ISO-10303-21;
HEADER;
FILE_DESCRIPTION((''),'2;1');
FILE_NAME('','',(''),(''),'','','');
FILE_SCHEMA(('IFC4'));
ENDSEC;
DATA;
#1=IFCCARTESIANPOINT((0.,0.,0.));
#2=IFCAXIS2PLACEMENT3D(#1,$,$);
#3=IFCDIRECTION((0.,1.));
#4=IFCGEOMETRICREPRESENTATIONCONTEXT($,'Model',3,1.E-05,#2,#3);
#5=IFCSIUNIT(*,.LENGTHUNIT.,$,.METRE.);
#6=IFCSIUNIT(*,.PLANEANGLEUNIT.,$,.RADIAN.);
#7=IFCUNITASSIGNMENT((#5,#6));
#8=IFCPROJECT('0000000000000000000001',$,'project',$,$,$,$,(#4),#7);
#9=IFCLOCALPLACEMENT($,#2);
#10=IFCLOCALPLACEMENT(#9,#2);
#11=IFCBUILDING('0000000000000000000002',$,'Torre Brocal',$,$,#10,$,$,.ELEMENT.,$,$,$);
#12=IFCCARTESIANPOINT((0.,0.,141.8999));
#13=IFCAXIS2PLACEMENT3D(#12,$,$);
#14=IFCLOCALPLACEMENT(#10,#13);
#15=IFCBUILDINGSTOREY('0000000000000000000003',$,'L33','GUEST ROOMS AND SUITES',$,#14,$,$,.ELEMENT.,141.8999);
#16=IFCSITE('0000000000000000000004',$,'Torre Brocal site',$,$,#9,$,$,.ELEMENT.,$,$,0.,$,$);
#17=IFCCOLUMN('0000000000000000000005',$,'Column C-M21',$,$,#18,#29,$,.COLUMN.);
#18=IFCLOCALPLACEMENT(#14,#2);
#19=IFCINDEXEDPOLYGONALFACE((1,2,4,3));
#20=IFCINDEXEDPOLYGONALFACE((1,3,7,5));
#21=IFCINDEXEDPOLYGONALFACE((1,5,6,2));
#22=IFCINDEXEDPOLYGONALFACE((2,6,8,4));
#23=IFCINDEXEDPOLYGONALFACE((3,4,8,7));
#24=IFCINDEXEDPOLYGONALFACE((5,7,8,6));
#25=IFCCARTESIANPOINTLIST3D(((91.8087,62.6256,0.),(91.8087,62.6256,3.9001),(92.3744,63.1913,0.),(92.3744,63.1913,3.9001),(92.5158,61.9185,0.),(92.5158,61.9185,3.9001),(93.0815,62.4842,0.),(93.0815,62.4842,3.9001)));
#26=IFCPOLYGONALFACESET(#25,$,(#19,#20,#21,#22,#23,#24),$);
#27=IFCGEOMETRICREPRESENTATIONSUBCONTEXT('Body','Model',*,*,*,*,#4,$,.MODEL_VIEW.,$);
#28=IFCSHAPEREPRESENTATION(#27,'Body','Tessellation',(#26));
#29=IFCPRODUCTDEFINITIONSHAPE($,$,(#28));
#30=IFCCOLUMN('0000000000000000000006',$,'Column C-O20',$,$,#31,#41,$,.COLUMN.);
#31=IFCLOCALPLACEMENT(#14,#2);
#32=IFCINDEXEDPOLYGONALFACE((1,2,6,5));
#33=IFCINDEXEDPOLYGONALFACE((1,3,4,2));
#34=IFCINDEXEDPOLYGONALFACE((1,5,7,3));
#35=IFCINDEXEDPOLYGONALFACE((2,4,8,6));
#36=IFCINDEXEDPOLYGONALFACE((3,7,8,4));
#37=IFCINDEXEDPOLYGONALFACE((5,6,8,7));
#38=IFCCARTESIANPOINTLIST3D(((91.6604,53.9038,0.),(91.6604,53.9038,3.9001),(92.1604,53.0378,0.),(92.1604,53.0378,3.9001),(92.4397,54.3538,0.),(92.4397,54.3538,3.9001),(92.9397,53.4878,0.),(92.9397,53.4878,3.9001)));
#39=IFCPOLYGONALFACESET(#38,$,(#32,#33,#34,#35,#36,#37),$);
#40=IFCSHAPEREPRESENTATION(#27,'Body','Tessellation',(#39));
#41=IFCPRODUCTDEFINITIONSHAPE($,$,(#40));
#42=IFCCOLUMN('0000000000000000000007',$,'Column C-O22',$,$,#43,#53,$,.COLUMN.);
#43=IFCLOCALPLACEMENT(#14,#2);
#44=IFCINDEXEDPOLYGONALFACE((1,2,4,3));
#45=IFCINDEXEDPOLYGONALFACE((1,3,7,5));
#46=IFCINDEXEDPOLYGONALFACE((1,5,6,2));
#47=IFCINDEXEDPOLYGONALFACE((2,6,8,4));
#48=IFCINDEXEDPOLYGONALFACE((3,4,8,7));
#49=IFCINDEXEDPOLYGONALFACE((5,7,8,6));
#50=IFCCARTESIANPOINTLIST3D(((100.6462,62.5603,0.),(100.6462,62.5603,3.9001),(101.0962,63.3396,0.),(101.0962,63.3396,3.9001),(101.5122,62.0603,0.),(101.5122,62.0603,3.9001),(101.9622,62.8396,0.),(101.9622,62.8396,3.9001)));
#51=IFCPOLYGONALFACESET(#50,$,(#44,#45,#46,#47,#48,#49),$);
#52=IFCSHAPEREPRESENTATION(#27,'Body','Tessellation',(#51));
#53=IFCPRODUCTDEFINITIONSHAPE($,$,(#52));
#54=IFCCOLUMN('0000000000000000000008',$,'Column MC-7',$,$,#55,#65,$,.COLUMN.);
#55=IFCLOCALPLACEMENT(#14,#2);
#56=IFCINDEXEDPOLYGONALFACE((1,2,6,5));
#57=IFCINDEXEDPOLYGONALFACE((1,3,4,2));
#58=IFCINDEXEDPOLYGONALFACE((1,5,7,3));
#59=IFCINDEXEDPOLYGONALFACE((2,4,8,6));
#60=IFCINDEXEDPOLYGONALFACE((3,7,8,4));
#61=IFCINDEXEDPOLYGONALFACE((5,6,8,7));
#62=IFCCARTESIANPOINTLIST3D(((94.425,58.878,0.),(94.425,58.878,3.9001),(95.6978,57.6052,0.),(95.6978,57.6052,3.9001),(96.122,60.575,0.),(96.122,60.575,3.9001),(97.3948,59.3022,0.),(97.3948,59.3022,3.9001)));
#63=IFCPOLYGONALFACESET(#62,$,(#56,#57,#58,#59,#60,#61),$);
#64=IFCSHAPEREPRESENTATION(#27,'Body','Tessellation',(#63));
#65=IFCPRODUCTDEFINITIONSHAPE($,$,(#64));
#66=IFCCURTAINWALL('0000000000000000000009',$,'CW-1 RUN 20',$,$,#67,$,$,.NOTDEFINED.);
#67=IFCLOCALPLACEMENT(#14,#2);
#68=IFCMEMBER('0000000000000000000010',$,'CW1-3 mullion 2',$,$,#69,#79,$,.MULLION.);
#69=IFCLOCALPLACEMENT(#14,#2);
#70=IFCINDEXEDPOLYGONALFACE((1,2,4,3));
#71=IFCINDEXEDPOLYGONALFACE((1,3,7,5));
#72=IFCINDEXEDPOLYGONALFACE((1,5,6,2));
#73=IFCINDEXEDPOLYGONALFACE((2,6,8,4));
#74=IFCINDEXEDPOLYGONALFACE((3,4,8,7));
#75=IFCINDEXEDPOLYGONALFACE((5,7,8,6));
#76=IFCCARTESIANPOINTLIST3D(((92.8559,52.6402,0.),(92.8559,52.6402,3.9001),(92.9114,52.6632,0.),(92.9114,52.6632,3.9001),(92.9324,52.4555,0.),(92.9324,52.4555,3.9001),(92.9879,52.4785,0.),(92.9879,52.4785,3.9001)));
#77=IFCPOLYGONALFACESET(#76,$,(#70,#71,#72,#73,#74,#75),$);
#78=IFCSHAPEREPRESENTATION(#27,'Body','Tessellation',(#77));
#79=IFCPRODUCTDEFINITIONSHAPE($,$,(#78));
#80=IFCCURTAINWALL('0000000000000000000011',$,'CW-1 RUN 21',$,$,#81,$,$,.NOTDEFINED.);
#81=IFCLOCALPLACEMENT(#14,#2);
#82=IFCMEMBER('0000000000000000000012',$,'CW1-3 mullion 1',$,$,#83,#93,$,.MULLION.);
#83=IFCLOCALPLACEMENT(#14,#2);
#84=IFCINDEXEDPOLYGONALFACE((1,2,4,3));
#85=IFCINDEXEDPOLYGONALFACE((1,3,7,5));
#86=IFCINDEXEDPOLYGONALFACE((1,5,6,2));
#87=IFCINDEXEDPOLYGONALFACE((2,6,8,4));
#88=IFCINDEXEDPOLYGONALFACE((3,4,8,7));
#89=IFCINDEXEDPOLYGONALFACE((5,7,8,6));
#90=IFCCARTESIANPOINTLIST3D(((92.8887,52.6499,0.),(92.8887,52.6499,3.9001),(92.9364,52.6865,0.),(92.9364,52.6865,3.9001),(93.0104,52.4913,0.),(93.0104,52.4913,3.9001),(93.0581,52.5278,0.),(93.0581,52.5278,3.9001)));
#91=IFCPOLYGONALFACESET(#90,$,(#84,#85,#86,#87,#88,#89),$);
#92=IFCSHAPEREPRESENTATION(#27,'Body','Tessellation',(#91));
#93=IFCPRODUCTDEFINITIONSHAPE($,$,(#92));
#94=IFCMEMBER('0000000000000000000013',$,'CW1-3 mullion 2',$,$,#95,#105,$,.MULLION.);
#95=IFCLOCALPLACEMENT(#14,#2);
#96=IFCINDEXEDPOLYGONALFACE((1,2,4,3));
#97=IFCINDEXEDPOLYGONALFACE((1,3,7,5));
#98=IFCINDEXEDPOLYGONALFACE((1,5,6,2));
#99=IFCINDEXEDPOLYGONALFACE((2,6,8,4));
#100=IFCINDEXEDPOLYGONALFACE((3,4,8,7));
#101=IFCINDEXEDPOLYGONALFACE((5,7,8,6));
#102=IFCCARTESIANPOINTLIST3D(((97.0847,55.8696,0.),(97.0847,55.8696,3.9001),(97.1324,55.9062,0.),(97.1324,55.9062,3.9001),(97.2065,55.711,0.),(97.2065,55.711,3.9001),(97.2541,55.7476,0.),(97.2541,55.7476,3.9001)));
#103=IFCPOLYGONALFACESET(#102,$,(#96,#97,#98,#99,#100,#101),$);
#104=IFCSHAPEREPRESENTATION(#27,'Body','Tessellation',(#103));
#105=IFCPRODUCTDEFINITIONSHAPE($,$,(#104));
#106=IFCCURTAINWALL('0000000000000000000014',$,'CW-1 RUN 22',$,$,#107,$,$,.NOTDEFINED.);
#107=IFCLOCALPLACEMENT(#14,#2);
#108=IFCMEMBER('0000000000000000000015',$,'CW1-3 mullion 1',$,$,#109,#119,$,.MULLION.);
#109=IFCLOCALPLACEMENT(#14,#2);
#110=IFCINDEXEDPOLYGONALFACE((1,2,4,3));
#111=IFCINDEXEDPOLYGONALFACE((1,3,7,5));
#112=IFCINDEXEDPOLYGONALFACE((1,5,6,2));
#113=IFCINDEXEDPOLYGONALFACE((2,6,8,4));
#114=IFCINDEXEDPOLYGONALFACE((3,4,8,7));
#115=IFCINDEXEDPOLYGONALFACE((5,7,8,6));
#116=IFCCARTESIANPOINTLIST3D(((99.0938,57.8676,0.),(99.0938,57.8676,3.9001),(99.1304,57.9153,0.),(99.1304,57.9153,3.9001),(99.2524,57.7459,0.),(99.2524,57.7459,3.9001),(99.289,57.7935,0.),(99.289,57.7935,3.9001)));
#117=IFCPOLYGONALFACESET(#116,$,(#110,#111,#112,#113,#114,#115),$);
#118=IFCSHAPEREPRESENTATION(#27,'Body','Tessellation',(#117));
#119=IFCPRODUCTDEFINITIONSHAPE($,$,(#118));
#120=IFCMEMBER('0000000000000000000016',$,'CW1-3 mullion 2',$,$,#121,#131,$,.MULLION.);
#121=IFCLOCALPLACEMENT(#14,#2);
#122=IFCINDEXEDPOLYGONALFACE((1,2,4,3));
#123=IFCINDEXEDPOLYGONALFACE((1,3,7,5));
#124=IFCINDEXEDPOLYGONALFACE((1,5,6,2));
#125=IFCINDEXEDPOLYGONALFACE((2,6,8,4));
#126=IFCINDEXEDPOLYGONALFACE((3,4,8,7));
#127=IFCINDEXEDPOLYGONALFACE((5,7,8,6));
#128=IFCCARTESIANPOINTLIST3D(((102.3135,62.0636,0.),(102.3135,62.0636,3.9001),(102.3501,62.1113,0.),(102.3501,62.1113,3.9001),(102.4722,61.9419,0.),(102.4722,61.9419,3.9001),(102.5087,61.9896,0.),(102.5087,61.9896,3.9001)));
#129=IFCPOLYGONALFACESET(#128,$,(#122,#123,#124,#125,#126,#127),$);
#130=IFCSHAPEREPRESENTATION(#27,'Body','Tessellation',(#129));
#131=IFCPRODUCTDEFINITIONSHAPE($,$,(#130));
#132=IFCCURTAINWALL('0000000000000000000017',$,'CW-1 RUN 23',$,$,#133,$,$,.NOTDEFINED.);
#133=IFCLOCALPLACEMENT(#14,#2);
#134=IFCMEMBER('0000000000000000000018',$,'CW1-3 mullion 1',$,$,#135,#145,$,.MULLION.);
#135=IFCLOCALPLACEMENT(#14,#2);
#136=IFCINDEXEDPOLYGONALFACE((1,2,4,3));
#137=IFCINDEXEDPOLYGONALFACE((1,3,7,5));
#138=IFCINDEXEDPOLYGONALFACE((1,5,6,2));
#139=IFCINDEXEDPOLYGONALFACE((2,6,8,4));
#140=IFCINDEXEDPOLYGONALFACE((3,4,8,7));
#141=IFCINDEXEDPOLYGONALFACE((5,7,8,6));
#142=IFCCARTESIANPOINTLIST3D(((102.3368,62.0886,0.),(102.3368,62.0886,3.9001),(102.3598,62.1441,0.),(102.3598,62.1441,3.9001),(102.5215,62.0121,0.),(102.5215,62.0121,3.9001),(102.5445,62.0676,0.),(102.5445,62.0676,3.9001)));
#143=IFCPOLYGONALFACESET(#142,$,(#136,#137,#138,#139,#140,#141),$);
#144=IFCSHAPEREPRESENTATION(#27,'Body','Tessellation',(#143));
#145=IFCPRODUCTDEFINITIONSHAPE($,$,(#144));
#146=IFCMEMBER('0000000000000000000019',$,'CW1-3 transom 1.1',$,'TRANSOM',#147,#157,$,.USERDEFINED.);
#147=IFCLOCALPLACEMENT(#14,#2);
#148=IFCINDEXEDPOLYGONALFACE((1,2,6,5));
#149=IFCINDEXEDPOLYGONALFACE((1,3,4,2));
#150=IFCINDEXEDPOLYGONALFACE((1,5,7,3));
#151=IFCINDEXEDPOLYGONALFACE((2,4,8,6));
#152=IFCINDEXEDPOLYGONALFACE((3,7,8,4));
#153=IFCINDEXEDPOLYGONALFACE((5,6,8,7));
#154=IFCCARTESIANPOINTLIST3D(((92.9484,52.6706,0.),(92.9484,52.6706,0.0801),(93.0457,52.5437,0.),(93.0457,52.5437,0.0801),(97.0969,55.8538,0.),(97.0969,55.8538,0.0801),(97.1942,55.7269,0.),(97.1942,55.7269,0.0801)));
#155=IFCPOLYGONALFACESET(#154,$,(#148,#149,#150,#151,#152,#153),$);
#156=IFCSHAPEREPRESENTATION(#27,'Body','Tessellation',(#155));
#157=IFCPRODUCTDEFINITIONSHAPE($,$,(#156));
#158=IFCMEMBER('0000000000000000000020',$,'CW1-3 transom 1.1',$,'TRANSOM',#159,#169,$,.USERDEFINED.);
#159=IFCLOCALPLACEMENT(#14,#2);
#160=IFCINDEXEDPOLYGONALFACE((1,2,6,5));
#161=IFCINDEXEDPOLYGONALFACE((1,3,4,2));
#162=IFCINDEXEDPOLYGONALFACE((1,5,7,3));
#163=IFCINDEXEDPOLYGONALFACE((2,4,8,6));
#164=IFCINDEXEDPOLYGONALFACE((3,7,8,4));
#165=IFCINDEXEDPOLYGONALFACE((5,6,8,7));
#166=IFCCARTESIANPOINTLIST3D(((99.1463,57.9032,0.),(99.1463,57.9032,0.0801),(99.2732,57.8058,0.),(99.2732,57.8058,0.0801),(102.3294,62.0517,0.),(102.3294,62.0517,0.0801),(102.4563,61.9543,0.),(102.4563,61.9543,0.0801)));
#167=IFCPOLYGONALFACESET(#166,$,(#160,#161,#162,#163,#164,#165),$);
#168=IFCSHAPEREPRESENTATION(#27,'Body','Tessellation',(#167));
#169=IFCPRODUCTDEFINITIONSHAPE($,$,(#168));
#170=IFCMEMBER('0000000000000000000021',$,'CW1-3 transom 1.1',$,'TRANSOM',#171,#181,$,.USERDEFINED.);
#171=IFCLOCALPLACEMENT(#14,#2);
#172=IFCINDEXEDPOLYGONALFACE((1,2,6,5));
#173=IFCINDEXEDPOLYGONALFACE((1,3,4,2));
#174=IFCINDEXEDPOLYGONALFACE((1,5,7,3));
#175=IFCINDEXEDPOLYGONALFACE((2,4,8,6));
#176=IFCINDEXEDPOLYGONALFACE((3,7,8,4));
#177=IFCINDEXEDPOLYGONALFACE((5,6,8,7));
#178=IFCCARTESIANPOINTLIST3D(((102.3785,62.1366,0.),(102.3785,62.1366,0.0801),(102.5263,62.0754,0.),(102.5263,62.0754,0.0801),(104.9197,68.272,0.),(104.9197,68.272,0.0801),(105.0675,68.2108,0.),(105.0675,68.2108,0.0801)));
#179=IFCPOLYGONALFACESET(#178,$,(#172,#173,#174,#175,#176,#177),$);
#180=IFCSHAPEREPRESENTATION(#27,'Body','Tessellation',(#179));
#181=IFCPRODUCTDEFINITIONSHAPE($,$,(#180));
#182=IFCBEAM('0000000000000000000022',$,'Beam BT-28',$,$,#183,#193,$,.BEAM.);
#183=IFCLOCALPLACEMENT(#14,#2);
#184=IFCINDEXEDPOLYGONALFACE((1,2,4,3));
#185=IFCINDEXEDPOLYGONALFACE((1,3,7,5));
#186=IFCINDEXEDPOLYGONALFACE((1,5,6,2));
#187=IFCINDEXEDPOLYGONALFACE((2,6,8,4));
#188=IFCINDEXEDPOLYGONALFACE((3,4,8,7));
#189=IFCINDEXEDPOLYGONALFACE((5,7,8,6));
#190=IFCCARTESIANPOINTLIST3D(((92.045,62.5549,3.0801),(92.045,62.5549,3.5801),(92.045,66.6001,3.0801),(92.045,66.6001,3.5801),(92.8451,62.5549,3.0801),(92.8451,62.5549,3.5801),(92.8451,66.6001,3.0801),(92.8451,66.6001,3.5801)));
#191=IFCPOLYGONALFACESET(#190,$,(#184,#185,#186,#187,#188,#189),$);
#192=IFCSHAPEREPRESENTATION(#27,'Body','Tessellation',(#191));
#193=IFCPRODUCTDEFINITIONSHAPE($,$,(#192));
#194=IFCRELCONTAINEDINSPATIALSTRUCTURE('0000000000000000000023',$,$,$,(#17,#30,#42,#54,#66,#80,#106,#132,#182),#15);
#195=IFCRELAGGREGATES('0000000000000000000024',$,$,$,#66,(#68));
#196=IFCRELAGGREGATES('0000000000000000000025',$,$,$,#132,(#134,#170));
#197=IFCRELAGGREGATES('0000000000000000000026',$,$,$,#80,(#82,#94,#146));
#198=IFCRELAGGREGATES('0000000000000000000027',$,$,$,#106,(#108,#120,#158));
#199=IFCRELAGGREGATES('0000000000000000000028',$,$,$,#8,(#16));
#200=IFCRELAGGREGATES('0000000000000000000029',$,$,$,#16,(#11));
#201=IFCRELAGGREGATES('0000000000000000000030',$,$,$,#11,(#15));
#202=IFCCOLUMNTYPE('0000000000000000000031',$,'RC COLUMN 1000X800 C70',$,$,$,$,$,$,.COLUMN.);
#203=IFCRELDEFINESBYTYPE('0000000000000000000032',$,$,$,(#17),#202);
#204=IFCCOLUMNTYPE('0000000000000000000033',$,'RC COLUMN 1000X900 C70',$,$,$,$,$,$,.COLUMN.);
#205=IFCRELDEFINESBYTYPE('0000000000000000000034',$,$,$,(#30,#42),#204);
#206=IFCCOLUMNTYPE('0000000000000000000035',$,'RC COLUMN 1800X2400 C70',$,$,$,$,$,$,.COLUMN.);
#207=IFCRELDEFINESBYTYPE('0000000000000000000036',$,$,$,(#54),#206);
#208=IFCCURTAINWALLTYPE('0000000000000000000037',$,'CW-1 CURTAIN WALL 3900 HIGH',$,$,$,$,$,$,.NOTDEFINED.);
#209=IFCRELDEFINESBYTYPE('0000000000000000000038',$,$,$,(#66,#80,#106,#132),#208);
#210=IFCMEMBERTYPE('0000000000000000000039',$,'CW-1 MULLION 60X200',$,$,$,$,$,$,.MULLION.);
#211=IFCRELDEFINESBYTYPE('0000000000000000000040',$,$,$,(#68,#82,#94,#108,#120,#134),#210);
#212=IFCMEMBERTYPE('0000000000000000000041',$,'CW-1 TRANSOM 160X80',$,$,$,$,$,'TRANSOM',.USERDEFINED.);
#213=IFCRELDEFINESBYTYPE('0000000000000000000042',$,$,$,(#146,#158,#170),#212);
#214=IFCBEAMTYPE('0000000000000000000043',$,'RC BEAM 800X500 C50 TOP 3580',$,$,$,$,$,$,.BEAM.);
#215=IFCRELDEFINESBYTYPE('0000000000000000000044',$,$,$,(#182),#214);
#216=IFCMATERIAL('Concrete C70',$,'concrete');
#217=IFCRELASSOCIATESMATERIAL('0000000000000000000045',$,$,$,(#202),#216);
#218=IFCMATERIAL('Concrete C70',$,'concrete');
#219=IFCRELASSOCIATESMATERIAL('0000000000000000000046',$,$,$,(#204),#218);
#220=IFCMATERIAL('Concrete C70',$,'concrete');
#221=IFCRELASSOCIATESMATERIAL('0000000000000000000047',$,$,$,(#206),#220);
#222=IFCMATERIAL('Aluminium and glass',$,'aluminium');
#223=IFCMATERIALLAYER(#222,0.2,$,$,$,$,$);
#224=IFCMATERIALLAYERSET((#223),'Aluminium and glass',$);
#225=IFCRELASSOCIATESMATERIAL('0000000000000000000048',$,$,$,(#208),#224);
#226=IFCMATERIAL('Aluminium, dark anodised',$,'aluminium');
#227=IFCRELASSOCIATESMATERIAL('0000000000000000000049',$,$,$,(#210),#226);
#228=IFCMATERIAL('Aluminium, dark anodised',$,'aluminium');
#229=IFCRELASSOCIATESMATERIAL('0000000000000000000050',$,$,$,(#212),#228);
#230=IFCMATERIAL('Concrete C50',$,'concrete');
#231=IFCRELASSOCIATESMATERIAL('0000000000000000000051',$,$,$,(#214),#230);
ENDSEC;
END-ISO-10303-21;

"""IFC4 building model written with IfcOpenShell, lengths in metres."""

from ifc_helpers import new_model, si_unit, direction, frame, origin, origin_2d, place, context, subcontext, project, spatial, rectangle, extrude, material, layer, layer_set, material_profile, profile_set, type_object, element, aggregate, save


model = new_model("IFC4")

# Units and contexts
model_context = context("Model", 3, precision=1e-05, world=origin(), true_north=direction((0.0, 1.0)))
body_context = subcontext(model_context, "Body", "Model", "MODEL_VIEW")
ifc_project = project(units=[si_unit("LENGTHUNIT", "METRE"), si_unit("PLANEANGLEUNIT", "RADIAN")], contexts=[model_context])

# Site, building, storey
site_placement = place(None, origin())
site = spatial("IfcSite", under=ifc_project, at=site_placement, Name="Torre Brocal site", CompositionType="ELEMENT", RefElevation=0.0)
building_placement = place(site_placement, origin())
building = spatial("IfcBuilding", under=site, at=building_placement, Name="Torre Brocal", CompositionType="ELEMENT")
storey_placement = place(building_placement, frame((0.0, 0.0, 141.8999)))
storey = spatial("IfcBuildingStorey", under=building, at=storey_placement, Name="L33", Description="GUEST ROOMS AND SUITES", CompositionType="ELEMENT", Elevation=141.8999)

# Columns
ifc_material_1 = material(Name="Concrete C70", Category="concrete")
ifc_material_profile_1 = material_profile(ifc_material_1, rectangle(XDim=1.0, YDim=0.8, at=origin_2d()), Name="RC 1000X800")
ifc_profile_set_1 = profile_set([ifc_material_profile_1], Name="Concrete C70")
column_type_1 = type_object("IfcColumnType", Name="RC COLUMN 1000X800 C70", PredefinedType="COLUMN", material=ifc_profile_set_1)
column_1_placement = place(storey_placement, frame((92.4451, 62.5549, 0.0), z_axis=(0.0, 0.0, 1.0), x_axis=(0.707107, -0.707107, 0.0)))
element("IfcColumn", 1, at=column_1_placement, inside=storey, type_object=column_type_1, Name="Column C-M21", PredefinedType="COLUMN", context=body_context, shape_type="SweptSolid", body=[
    extrude(rectangle(XDim=1.0, YDim=0.8, at=origin_2d()), origin(), (0.0, 0.0, 1.0), 3.9001),
])
ifc_material_2 = material(Name="Concrete C70", Category="concrete")
ifc_material_profile_2 = material_profile(ifc_material_2, rectangle(XDim=1.0, YDim=0.8999, at=origin_2d()), Name="RC 1000X900")
ifc_profile_set_2 = profile_set([ifc_material_profile_2], Name="Concrete C70")
column_type_2 = type_object("IfcColumnType", Name="RC COLUMN 1000X900 C70", PredefinedType="COLUMN", material=ifc_profile_set_2)
for number, where, z_axis, x_axis, name in (
    (2, (92.3, 53.6958, 0.0), (0.0, 0.0, 1.0), (0.5, -0.866025, 0.0), "Column C-O20"),
    (3, (101.3042, 62.7, 0.0), (0.0, 0.0, 1.0), (0.866025, -0.5, 0.0), "Column C-O22"),
):
    element("IfcColumn", number, at=place(storey_placement, frame(where, z_axis=z_axis, x_axis=x_axis)), inside=storey, type_object=column_type_2, Name=name, PredefinedType="COLUMN", context=body_context, shape_type="SweptSolid", body=[
        extrude(rectangle(XDim=1.0, YDim=0.8999, at=origin_2d()), origin(), (0.0, 0.0, 1.0), 3.9001),
    ])
ifc_material_3 = material(Name="Concrete C70", Category="concrete")
ifc_material_profile_3 = material_profile(ifc_material_3, rectangle(XDim=1.8, YDim=2.3999, at=origin_2d()), Name="RC 1800X2400")
ifc_profile_set_3 = profile_set([ifc_material_profile_3], Name="Concrete C70")
column_type_3 = type_object("IfcColumnType", Name="RC COLUMN 1800X2400 C70", PredefinedType="COLUMN", material=ifc_profile_set_3)
column_2_placement = place(storey_placement, frame((95.9099, 59.0901, 0.0), z_axis=(0.0, 0.0, 1.0), x_axis=(0.707107, -0.707107, 0.0)))
element("IfcColumn", 4, at=column_2_placement, inside=storey, type_object=column_type_3, Name="Column MC-7", PredefinedType="COLUMN", context=body_context, shape_type="SweptSolid", body=[
    extrude(rectangle(XDim=1.8, YDim=2.3999, at=origin_2d()), origin(), (0.0, 0.0, 1.0), 3.9001),
])

# Curtain wall, member
ifc_material_4 = material(Name="Aluminium and glass", Category="aluminium")
ifc_layer_1 = layer(ifc_material_4, 0.2)
ifc_layer_set_1 = layer_set([ifc_layer_1], Name="Aluminium and glass")
curtain_wall_type = type_object("IfcCurtainWallType", Name="CW-1 CURTAIN WALL 3900 HIGH", PredefinedType="NOTDEFINED", material=ifc_layer_set_1)
curtain_wall_1_placement = place(storey_placement, origin())
curtain_wall_1 = element("IfcCurtainWall", 5, at=curtain_wall_1_placement, inside=storey, type_object=curtain_wall_type, Name="CW-1 RUN 20", PredefinedType="NOTDEFINED")
ifc_material_5 = material(Name="Aluminium, dark anodised", Category="aluminium")
ifc_material_profile_4 = material_profile(ifc_material_5, rectangle(XDim=0.2, YDim=0.0601, at=origin_2d()), Name="CW-1 MULLION 60X200")
ifc_profile_set_4 = profile_set([ifc_material_profile_4], Name="Aluminium, dark anodised")
member_type_1 = type_object("IfcMemberType", Name="CW-1 MULLION 60X200", PredefinedType="MULLION", material=ifc_profile_set_4)
member_1_placement = place(storey_placement, frame((92.9219, 52.5593, 0.0), z_axis=(0.0, 0.0, 1.0), x_axis=(-0.382683, 0.92388, 0.0)))
member_1 = element("IfcMember", 6, at=member_1_placement, type_object=member_type_1, Name="CW1-3 mullion 2", PredefinedType="MULLION", context=body_context, shape_type="SweptSolid", body=[
    extrude(rectangle(XDim=0.2, YDim=0.0601, at=origin_2d()), origin(), (0.0, 0.0, 1.0), 3.9001),
])
aggregate(curtain_wall_1, [member_1])

# Curtain walls, members
curtain_wall_2_placement = place(storey_placement, origin())
curtain_wall_2 = element("IfcCurtainWall", 7, at=curtain_wall_2_placement, inside=storey, type_object=curtain_wall_type, Name="CW-1 RUN 21", PredefinedType="NOTDEFINED")
member_2_placement = place(storey_placement, frame((92.9734, 52.5889, 0.0), z_axis=(0.0, 0.0, 1.0), x_axis=(-0.608761, 0.793353, 0.0)))
member_2 = element("IfcMember", 8, at=member_2_placement, type_object=member_type_1, Name="CW1-3 mullion 1", PredefinedType="MULLION", context=body_context, shape_type="SweptSolid", body=[
    extrude(rectangle(XDim=0.2, YDim=0.0601, at=origin_2d()), origin(), (0.0, 0.0, 1.0), 3.9001),
])
member_3_placement = place(storey_placement, frame((97.1694, 55.8086, 0.0), z_axis=(0.0, 0.0, 1.0), x_axis=(-0.608761, 0.793353, 0.0)))
member_3 = element("IfcMember", 9, at=member_3_placement, type_object=member_type_1, Name="CW1-3 mullion 2", PredefinedType="MULLION", context=body_context, shape_type="SweptSolid", body=[
    extrude(rectangle(XDim=0.2, YDim=0.0601, at=origin_2d()), origin(), (0.0, 0.0, 1.0), 3.9001),
])
curtain_wall_3_placement = place(storey_placement, origin())
curtain_wall_3 = element("IfcCurtainWall", 10, at=curtain_wall_3_placement, inside=storey, type_object=curtain_wall_type, Name="CW-1 RUN 22", PredefinedType="NOTDEFINED")
member_4_placement = place(storey_placement, frame((99.1914, 57.8306, 0.0), z_axis=(0.0, 0.0, 1.0), x_axis=(-0.793353, 0.608761, 0.0)))
member_4 = element("IfcMember", 11, at=member_4_placement, type_object=member_type_1, Name="CW1-3 mullion 1", PredefinedType="MULLION", context=body_context, shape_type="SweptSolid", body=[
    extrude(rectangle(XDim=0.2, YDim=0.0601, at=origin_2d()), origin(), (0.0, 0.0, 1.0), 3.9001),
])
member_5_placement = place(storey_placement, frame((102.4111, 62.0266, 0.0), z_axis=(0.0, 0.0, 1.0), x_axis=(-0.793353, 0.608761, 0.0)))
member_5 = element("IfcMember", 12, at=member_5_placement, type_object=member_type_1, Name="CW1-3 mullion 2", PredefinedType="MULLION", context=body_context, shape_type="SweptSolid", body=[
    extrude(rectangle(XDim=0.2, YDim=0.0601, at=origin_2d()), origin(), (0.0, 0.0, 1.0), 3.9001),
])

# Curtain wall, member
curtain_wall_4_placement = place(storey_placement, origin())
curtain_wall_4 = element("IfcCurtainWall", 13, at=curtain_wall_4_placement, inside=storey, type_object=curtain_wall_type, Name="CW-1 RUN 23", PredefinedType="NOTDEFINED")
member_6_placement = place(storey_placement, frame((102.4407, 62.0781, 0.0), z_axis=(0.0, 0.0, 1.0), x_axis=(-0.92388, 0.382683, 0.0)))
member_6 = element("IfcMember", 14, at=member_6_placement, type_object=member_type_1, Name="CW1-3 mullion 1", PredefinedType="MULLION", context=body_context, shape_type="SweptSolid", body=[
    extrude(rectangle(XDim=0.2, YDim=0.0601, at=origin_2d()), origin(), (0.0, 0.0, 1.0), 3.9001),
])

# Members
ifc_material_6 = material(Name="Aluminium, dark anodised", Category="aluminium")
ifc_material_profile_5 = material_profile(ifc_material_6, rectangle(XDim=0.1599, YDim=0.0801, at=origin_2d()), Name="CW-1 TRANSOM 160X80")
ifc_profile_set_5 = profile_set([ifc_material_profile_5], Name="Aluminium, dark anodised")
member_type_2 = type_object("IfcMemberType", Name="CW-1 TRANSOM 160X80", ElementType="TRANSOM", PredefinedType="USERDEFINED", material=ifc_profile_set_5)
member_7_placement = place(storey_placement, frame((92.9971, 52.6072, 0.04), z_axis=(0.793363, 0.608749, 0.0), x_axis=(-0.608749, 0.793363, 0.0)))
member_7 = element("IfcMember", 15, at=member_7_placement, type_object=member_type_2, Name="CW1-3 transom 1.1", ObjectType="TRANSOM", PredefinedType="USERDEFINED", context=body_context, shape_type="SweptSolid", body=[
    extrude(rectangle(XDim=0.1599, YDim=0.0801, at=origin_2d()), origin(), (0.0, 0.0, 1.0), 5.229),
])
member_8_placement = place(storey_placement, frame((99.2097, 57.8545, 0.04), z_axis=(0.608749, 0.793363, 0.0), x_axis=(-0.793363, 0.608749, 0.0)))
member_8 = element("IfcMember", 16, at=member_8_placement, type_object=member_type_2, Name="CW1-3 transom 1.1", ObjectType="TRANSOM", PredefinedType="USERDEFINED", context=body_context, shape_type="SweptSolid", body=[
    extrude(rectangle(XDim=0.1599, YDim=0.0801, at=origin_2d()), origin(), (0.0, 0.0, 1.0), 5.229),
])
member_9_placement = place(storey_placement, frame((102.4524, 62.106, 0.04), z_axis=(0.382665, 0.923887, 0.0), x_axis=(-0.923887, 0.382665, 0.0)))
member_9 = element("IfcMember", 17, at=member_9_placement, type_object=member_type_2, Name="CW1-3 transom 1.1", ObjectType="TRANSOM", PredefinedType="USERDEFINED", context=body_context, shape_type="SweptSolid", body=[
    extrude(rectangle(XDim=0.1599, YDim=0.0801, at=origin_2d()), origin(), (0.0, 0.0, 1.0), 6.6409),
])
aggregate(curtain_wall_4, [member_6, member_9])

# Beam
ifc_material_7 = material(Name="Concrete C50", Category="concrete")
ifc_material_profile_6 = material_profile(ifc_material_7, rectangle(XDim=0.8, YDim=0.5, at=origin_2d()), Name="RC 800X500")
ifc_profile_set_6 = profile_set([ifc_material_profile_6], Name="Concrete C50")
beam_type_1 = type_object("IfcBeamType", Name="RC BEAM 800X500 C50 TOP 3580", PredefinedType="BEAM", material=ifc_profile_set_6)
beam_1_placement = place(storey_placement, frame((92.4451, 62.5549, 3.3301), z_axis=(0.0, 1.0, 0.0), x_axis=(-1.0, 0.0, 0.0)))
element("IfcBeam", 18, at=beam_1_placement, inside=storey, type_object=beam_type_1, Name="Beam BT-28", PredefinedType="BEAM", context=body_context, shape_type="SweptSolid", body=[
    extrude(rectangle(XDim=0.8, YDim=0.5, at=origin_2d()), origin(), (0.0, 0.0, 1.0), 4.0452),
])

aggregate(curtain_wall_2, [member_2, member_3, member_7])
aggregate(curtain_wall_3, [member_4, member_5, member_8])

save(model, "model.ifc")
